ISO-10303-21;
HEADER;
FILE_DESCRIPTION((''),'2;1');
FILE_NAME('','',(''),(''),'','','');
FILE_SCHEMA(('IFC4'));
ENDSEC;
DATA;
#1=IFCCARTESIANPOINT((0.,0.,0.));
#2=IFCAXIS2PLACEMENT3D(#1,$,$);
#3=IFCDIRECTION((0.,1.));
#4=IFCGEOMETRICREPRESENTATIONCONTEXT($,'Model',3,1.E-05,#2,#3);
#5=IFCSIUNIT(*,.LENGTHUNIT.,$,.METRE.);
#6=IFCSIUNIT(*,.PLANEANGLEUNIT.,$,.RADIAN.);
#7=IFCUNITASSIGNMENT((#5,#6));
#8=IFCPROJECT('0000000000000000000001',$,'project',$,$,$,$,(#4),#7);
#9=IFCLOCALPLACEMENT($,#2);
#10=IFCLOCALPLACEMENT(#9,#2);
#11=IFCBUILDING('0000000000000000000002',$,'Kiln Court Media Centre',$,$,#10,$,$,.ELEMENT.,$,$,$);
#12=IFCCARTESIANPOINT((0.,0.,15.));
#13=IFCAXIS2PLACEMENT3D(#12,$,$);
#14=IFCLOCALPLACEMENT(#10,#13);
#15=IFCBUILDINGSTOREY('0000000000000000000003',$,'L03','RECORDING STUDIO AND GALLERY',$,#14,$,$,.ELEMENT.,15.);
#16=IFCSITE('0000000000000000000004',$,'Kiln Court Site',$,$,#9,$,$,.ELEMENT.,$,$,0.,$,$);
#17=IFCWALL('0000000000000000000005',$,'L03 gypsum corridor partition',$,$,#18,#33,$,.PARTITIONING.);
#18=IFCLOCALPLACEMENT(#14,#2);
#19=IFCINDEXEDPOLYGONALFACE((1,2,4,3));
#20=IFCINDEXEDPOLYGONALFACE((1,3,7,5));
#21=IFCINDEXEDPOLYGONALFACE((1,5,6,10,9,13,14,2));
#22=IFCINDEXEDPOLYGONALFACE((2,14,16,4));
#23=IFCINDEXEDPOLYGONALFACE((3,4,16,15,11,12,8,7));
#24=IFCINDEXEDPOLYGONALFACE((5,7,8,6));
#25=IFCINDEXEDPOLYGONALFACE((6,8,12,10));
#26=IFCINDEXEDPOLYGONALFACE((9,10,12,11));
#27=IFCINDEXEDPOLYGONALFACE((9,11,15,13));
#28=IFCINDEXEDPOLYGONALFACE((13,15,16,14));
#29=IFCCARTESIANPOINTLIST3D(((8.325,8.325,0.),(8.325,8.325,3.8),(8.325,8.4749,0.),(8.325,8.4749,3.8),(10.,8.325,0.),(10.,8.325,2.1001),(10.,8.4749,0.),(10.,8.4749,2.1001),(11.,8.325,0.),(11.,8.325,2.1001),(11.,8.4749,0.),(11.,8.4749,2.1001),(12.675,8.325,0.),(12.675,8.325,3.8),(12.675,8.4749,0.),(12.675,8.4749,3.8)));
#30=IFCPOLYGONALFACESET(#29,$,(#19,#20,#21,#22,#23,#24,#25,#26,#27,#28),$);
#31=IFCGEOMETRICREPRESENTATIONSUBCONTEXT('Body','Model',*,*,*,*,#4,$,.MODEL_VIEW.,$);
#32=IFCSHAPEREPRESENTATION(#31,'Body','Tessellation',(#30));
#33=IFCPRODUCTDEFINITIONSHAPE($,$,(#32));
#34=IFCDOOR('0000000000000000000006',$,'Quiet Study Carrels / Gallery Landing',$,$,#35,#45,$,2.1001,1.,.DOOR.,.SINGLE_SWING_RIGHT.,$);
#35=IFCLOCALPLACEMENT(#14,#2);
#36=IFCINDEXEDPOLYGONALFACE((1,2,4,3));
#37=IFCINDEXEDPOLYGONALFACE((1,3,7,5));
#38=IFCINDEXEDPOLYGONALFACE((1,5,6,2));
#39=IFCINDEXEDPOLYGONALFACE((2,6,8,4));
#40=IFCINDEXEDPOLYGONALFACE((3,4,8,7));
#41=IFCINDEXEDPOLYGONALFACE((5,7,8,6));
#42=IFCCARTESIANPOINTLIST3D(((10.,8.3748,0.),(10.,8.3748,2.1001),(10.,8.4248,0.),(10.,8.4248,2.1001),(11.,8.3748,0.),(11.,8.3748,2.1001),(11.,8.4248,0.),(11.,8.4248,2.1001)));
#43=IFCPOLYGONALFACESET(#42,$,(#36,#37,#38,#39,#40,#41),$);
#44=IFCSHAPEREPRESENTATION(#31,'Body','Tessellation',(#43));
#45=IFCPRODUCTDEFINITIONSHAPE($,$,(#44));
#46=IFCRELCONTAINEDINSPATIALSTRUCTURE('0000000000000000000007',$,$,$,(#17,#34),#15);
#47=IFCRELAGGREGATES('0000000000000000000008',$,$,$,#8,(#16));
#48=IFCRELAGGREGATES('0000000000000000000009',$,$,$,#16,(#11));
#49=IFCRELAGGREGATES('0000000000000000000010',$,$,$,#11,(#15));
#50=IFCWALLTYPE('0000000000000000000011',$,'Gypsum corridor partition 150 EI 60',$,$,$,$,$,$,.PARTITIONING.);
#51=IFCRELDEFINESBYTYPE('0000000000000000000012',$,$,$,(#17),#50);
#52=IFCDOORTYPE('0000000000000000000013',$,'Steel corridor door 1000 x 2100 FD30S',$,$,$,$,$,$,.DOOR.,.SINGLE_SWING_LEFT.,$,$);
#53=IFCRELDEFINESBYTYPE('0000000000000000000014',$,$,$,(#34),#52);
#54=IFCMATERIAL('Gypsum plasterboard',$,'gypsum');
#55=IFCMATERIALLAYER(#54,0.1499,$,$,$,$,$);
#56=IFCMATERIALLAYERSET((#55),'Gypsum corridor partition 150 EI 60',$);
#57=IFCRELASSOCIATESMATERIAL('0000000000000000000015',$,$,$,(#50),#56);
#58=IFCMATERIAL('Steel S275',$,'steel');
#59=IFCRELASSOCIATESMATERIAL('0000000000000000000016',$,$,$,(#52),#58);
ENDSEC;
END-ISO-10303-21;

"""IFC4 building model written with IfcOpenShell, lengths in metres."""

from ifc_helpers import new_model, si_unit, direction, frame, frame_2d, origin, place, context, subcontext, project, spatial, rectangle, extrude, material, layer, layer_set, type_object, element, fill, save


model = new_model("IFC4")

# Units and contexts
model_context = context("Model", 3, precision=1e-05, world=origin(), true_north=direction((0.0, 1.0)))
body_context = subcontext(model_context, "Body", "Model", "MODEL_VIEW")
ifc_project = project(units=[si_unit("LENGTHUNIT", "METRE"), si_unit("PLANEANGLEUNIT", "RADIAN")], contexts=[model_context])

# Site, building, storey
site_placement = place(None, origin())
site = spatial("IfcSite", under=ifc_project, at=site_placement, Name="Kiln Court Site", CompositionType="ELEMENT", RefElevation=0.0)
building_placement = place(site_placement, origin())
building = spatial("IfcBuilding", under=site, at=building_placement, Name="Kiln Court Media Centre", CompositionType="ELEMENT")
storey_placement = place(building_placement, frame((0.0, 0.0, 15.0)))
storey = spatial("IfcBuildingStorey", under=building, at=storey_placement, Name="L03", Description="RECORDING STUDIO AND GALLERY", CompositionType="ELEMENT", Elevation=15.0)

# Wall, opening, door
ifc_material_1 = material(Name="Gypsum plasterboard", Category="gypsum")
ifc_layer_1 = layer(ifc_material_1, 0.1499)
ifc_layer_set_1 = layer_set([ifc_layer_1], Name="Gypsum corridor partition 150 EI 60")
wall_type_1 = type_object("IfcWallType", Name="Gypsum corridor partition 150 EI 60", PredefinedType="PARTITIONING", material=ifc_layer_set_1)
wall_1_placement = place(storey_placement, frame((8.325, 8.3999, 0.0), z_axis=(0.0, 0.0, 1.0), x_axis=(1.0, 0.0, 0.0)))
wall_1 = element("IfcWall", 1, at=wall_1_placement, inside=storey, type_object=wall_type_1, Name="L03 gypsum corridor partition", PredefinedType="PARTITIONING", context=body_context, shape_type="SweptSolid", body=[
    extrude(rectangle(XDim=4.3501, YDim=0.1499, at=frame_2d((2.175, 0.0))), origin(), (0.0, 0.0, 1.0), 3.8),
])
opening_1_placement = place(wall_1_placement, frame((1.675, 0.0, 0.0)))
opening_1 = element("IfcOpeningElement", 2, at=opening_1_placement, cuts=wall_1, PredefinedType="OPENING", context=body_context, shape_type="SweptSolid", body=[
    extrude(rectangle(XDim=1.0, YDim=2.1001, at=frame_2d((0.5, 1.05))), frame((0.0, 0.085, 0.0), z_axis=(0.0, -1.0, 0.0), x_axis=(1.0, 0.0, 0.0)), (0.0, 0.0, 1.0), 0.1699),
])
ifc_material_2 = material(Name="Steel S275", Category="steel")
door_type_1 = type_object("IfcDoorType", Name="Steel corridor door 1000 x 2100 FD30S", OperationType="SINGLE_SWING_LEFT", PredefinedType="DOOR", material=ifc_material_2)
door_1_placement = place(opening_1_placement, origin())
door_1 = element("IfcDoor", 3, at=door_1_placement, inside=storey, type_object=door_type_1, Name="Quiet Study Carrels / Gallery Landing", OperationType="SINGLE_SWING_RIGHT", OverallHeight=2.1001, OverallWidth=1.0, PredefinedType="DOOR", context=body_context, shape_type="SweptSolid", body=[
    extrude(rectangle(XDim=1.0, YDim=2.1001, at=frame_2d((0.5, 1.05))), frame((0.0, 0.0249, 0.0), z_axis=(0.0, -1.0, 0.0), x_axis=(1.0, 0.0, 0.0)), (0.0, 0.0, 1.0), 0.05),
])
fill(opening_1, door_1)

save(model, "model.ifc")
